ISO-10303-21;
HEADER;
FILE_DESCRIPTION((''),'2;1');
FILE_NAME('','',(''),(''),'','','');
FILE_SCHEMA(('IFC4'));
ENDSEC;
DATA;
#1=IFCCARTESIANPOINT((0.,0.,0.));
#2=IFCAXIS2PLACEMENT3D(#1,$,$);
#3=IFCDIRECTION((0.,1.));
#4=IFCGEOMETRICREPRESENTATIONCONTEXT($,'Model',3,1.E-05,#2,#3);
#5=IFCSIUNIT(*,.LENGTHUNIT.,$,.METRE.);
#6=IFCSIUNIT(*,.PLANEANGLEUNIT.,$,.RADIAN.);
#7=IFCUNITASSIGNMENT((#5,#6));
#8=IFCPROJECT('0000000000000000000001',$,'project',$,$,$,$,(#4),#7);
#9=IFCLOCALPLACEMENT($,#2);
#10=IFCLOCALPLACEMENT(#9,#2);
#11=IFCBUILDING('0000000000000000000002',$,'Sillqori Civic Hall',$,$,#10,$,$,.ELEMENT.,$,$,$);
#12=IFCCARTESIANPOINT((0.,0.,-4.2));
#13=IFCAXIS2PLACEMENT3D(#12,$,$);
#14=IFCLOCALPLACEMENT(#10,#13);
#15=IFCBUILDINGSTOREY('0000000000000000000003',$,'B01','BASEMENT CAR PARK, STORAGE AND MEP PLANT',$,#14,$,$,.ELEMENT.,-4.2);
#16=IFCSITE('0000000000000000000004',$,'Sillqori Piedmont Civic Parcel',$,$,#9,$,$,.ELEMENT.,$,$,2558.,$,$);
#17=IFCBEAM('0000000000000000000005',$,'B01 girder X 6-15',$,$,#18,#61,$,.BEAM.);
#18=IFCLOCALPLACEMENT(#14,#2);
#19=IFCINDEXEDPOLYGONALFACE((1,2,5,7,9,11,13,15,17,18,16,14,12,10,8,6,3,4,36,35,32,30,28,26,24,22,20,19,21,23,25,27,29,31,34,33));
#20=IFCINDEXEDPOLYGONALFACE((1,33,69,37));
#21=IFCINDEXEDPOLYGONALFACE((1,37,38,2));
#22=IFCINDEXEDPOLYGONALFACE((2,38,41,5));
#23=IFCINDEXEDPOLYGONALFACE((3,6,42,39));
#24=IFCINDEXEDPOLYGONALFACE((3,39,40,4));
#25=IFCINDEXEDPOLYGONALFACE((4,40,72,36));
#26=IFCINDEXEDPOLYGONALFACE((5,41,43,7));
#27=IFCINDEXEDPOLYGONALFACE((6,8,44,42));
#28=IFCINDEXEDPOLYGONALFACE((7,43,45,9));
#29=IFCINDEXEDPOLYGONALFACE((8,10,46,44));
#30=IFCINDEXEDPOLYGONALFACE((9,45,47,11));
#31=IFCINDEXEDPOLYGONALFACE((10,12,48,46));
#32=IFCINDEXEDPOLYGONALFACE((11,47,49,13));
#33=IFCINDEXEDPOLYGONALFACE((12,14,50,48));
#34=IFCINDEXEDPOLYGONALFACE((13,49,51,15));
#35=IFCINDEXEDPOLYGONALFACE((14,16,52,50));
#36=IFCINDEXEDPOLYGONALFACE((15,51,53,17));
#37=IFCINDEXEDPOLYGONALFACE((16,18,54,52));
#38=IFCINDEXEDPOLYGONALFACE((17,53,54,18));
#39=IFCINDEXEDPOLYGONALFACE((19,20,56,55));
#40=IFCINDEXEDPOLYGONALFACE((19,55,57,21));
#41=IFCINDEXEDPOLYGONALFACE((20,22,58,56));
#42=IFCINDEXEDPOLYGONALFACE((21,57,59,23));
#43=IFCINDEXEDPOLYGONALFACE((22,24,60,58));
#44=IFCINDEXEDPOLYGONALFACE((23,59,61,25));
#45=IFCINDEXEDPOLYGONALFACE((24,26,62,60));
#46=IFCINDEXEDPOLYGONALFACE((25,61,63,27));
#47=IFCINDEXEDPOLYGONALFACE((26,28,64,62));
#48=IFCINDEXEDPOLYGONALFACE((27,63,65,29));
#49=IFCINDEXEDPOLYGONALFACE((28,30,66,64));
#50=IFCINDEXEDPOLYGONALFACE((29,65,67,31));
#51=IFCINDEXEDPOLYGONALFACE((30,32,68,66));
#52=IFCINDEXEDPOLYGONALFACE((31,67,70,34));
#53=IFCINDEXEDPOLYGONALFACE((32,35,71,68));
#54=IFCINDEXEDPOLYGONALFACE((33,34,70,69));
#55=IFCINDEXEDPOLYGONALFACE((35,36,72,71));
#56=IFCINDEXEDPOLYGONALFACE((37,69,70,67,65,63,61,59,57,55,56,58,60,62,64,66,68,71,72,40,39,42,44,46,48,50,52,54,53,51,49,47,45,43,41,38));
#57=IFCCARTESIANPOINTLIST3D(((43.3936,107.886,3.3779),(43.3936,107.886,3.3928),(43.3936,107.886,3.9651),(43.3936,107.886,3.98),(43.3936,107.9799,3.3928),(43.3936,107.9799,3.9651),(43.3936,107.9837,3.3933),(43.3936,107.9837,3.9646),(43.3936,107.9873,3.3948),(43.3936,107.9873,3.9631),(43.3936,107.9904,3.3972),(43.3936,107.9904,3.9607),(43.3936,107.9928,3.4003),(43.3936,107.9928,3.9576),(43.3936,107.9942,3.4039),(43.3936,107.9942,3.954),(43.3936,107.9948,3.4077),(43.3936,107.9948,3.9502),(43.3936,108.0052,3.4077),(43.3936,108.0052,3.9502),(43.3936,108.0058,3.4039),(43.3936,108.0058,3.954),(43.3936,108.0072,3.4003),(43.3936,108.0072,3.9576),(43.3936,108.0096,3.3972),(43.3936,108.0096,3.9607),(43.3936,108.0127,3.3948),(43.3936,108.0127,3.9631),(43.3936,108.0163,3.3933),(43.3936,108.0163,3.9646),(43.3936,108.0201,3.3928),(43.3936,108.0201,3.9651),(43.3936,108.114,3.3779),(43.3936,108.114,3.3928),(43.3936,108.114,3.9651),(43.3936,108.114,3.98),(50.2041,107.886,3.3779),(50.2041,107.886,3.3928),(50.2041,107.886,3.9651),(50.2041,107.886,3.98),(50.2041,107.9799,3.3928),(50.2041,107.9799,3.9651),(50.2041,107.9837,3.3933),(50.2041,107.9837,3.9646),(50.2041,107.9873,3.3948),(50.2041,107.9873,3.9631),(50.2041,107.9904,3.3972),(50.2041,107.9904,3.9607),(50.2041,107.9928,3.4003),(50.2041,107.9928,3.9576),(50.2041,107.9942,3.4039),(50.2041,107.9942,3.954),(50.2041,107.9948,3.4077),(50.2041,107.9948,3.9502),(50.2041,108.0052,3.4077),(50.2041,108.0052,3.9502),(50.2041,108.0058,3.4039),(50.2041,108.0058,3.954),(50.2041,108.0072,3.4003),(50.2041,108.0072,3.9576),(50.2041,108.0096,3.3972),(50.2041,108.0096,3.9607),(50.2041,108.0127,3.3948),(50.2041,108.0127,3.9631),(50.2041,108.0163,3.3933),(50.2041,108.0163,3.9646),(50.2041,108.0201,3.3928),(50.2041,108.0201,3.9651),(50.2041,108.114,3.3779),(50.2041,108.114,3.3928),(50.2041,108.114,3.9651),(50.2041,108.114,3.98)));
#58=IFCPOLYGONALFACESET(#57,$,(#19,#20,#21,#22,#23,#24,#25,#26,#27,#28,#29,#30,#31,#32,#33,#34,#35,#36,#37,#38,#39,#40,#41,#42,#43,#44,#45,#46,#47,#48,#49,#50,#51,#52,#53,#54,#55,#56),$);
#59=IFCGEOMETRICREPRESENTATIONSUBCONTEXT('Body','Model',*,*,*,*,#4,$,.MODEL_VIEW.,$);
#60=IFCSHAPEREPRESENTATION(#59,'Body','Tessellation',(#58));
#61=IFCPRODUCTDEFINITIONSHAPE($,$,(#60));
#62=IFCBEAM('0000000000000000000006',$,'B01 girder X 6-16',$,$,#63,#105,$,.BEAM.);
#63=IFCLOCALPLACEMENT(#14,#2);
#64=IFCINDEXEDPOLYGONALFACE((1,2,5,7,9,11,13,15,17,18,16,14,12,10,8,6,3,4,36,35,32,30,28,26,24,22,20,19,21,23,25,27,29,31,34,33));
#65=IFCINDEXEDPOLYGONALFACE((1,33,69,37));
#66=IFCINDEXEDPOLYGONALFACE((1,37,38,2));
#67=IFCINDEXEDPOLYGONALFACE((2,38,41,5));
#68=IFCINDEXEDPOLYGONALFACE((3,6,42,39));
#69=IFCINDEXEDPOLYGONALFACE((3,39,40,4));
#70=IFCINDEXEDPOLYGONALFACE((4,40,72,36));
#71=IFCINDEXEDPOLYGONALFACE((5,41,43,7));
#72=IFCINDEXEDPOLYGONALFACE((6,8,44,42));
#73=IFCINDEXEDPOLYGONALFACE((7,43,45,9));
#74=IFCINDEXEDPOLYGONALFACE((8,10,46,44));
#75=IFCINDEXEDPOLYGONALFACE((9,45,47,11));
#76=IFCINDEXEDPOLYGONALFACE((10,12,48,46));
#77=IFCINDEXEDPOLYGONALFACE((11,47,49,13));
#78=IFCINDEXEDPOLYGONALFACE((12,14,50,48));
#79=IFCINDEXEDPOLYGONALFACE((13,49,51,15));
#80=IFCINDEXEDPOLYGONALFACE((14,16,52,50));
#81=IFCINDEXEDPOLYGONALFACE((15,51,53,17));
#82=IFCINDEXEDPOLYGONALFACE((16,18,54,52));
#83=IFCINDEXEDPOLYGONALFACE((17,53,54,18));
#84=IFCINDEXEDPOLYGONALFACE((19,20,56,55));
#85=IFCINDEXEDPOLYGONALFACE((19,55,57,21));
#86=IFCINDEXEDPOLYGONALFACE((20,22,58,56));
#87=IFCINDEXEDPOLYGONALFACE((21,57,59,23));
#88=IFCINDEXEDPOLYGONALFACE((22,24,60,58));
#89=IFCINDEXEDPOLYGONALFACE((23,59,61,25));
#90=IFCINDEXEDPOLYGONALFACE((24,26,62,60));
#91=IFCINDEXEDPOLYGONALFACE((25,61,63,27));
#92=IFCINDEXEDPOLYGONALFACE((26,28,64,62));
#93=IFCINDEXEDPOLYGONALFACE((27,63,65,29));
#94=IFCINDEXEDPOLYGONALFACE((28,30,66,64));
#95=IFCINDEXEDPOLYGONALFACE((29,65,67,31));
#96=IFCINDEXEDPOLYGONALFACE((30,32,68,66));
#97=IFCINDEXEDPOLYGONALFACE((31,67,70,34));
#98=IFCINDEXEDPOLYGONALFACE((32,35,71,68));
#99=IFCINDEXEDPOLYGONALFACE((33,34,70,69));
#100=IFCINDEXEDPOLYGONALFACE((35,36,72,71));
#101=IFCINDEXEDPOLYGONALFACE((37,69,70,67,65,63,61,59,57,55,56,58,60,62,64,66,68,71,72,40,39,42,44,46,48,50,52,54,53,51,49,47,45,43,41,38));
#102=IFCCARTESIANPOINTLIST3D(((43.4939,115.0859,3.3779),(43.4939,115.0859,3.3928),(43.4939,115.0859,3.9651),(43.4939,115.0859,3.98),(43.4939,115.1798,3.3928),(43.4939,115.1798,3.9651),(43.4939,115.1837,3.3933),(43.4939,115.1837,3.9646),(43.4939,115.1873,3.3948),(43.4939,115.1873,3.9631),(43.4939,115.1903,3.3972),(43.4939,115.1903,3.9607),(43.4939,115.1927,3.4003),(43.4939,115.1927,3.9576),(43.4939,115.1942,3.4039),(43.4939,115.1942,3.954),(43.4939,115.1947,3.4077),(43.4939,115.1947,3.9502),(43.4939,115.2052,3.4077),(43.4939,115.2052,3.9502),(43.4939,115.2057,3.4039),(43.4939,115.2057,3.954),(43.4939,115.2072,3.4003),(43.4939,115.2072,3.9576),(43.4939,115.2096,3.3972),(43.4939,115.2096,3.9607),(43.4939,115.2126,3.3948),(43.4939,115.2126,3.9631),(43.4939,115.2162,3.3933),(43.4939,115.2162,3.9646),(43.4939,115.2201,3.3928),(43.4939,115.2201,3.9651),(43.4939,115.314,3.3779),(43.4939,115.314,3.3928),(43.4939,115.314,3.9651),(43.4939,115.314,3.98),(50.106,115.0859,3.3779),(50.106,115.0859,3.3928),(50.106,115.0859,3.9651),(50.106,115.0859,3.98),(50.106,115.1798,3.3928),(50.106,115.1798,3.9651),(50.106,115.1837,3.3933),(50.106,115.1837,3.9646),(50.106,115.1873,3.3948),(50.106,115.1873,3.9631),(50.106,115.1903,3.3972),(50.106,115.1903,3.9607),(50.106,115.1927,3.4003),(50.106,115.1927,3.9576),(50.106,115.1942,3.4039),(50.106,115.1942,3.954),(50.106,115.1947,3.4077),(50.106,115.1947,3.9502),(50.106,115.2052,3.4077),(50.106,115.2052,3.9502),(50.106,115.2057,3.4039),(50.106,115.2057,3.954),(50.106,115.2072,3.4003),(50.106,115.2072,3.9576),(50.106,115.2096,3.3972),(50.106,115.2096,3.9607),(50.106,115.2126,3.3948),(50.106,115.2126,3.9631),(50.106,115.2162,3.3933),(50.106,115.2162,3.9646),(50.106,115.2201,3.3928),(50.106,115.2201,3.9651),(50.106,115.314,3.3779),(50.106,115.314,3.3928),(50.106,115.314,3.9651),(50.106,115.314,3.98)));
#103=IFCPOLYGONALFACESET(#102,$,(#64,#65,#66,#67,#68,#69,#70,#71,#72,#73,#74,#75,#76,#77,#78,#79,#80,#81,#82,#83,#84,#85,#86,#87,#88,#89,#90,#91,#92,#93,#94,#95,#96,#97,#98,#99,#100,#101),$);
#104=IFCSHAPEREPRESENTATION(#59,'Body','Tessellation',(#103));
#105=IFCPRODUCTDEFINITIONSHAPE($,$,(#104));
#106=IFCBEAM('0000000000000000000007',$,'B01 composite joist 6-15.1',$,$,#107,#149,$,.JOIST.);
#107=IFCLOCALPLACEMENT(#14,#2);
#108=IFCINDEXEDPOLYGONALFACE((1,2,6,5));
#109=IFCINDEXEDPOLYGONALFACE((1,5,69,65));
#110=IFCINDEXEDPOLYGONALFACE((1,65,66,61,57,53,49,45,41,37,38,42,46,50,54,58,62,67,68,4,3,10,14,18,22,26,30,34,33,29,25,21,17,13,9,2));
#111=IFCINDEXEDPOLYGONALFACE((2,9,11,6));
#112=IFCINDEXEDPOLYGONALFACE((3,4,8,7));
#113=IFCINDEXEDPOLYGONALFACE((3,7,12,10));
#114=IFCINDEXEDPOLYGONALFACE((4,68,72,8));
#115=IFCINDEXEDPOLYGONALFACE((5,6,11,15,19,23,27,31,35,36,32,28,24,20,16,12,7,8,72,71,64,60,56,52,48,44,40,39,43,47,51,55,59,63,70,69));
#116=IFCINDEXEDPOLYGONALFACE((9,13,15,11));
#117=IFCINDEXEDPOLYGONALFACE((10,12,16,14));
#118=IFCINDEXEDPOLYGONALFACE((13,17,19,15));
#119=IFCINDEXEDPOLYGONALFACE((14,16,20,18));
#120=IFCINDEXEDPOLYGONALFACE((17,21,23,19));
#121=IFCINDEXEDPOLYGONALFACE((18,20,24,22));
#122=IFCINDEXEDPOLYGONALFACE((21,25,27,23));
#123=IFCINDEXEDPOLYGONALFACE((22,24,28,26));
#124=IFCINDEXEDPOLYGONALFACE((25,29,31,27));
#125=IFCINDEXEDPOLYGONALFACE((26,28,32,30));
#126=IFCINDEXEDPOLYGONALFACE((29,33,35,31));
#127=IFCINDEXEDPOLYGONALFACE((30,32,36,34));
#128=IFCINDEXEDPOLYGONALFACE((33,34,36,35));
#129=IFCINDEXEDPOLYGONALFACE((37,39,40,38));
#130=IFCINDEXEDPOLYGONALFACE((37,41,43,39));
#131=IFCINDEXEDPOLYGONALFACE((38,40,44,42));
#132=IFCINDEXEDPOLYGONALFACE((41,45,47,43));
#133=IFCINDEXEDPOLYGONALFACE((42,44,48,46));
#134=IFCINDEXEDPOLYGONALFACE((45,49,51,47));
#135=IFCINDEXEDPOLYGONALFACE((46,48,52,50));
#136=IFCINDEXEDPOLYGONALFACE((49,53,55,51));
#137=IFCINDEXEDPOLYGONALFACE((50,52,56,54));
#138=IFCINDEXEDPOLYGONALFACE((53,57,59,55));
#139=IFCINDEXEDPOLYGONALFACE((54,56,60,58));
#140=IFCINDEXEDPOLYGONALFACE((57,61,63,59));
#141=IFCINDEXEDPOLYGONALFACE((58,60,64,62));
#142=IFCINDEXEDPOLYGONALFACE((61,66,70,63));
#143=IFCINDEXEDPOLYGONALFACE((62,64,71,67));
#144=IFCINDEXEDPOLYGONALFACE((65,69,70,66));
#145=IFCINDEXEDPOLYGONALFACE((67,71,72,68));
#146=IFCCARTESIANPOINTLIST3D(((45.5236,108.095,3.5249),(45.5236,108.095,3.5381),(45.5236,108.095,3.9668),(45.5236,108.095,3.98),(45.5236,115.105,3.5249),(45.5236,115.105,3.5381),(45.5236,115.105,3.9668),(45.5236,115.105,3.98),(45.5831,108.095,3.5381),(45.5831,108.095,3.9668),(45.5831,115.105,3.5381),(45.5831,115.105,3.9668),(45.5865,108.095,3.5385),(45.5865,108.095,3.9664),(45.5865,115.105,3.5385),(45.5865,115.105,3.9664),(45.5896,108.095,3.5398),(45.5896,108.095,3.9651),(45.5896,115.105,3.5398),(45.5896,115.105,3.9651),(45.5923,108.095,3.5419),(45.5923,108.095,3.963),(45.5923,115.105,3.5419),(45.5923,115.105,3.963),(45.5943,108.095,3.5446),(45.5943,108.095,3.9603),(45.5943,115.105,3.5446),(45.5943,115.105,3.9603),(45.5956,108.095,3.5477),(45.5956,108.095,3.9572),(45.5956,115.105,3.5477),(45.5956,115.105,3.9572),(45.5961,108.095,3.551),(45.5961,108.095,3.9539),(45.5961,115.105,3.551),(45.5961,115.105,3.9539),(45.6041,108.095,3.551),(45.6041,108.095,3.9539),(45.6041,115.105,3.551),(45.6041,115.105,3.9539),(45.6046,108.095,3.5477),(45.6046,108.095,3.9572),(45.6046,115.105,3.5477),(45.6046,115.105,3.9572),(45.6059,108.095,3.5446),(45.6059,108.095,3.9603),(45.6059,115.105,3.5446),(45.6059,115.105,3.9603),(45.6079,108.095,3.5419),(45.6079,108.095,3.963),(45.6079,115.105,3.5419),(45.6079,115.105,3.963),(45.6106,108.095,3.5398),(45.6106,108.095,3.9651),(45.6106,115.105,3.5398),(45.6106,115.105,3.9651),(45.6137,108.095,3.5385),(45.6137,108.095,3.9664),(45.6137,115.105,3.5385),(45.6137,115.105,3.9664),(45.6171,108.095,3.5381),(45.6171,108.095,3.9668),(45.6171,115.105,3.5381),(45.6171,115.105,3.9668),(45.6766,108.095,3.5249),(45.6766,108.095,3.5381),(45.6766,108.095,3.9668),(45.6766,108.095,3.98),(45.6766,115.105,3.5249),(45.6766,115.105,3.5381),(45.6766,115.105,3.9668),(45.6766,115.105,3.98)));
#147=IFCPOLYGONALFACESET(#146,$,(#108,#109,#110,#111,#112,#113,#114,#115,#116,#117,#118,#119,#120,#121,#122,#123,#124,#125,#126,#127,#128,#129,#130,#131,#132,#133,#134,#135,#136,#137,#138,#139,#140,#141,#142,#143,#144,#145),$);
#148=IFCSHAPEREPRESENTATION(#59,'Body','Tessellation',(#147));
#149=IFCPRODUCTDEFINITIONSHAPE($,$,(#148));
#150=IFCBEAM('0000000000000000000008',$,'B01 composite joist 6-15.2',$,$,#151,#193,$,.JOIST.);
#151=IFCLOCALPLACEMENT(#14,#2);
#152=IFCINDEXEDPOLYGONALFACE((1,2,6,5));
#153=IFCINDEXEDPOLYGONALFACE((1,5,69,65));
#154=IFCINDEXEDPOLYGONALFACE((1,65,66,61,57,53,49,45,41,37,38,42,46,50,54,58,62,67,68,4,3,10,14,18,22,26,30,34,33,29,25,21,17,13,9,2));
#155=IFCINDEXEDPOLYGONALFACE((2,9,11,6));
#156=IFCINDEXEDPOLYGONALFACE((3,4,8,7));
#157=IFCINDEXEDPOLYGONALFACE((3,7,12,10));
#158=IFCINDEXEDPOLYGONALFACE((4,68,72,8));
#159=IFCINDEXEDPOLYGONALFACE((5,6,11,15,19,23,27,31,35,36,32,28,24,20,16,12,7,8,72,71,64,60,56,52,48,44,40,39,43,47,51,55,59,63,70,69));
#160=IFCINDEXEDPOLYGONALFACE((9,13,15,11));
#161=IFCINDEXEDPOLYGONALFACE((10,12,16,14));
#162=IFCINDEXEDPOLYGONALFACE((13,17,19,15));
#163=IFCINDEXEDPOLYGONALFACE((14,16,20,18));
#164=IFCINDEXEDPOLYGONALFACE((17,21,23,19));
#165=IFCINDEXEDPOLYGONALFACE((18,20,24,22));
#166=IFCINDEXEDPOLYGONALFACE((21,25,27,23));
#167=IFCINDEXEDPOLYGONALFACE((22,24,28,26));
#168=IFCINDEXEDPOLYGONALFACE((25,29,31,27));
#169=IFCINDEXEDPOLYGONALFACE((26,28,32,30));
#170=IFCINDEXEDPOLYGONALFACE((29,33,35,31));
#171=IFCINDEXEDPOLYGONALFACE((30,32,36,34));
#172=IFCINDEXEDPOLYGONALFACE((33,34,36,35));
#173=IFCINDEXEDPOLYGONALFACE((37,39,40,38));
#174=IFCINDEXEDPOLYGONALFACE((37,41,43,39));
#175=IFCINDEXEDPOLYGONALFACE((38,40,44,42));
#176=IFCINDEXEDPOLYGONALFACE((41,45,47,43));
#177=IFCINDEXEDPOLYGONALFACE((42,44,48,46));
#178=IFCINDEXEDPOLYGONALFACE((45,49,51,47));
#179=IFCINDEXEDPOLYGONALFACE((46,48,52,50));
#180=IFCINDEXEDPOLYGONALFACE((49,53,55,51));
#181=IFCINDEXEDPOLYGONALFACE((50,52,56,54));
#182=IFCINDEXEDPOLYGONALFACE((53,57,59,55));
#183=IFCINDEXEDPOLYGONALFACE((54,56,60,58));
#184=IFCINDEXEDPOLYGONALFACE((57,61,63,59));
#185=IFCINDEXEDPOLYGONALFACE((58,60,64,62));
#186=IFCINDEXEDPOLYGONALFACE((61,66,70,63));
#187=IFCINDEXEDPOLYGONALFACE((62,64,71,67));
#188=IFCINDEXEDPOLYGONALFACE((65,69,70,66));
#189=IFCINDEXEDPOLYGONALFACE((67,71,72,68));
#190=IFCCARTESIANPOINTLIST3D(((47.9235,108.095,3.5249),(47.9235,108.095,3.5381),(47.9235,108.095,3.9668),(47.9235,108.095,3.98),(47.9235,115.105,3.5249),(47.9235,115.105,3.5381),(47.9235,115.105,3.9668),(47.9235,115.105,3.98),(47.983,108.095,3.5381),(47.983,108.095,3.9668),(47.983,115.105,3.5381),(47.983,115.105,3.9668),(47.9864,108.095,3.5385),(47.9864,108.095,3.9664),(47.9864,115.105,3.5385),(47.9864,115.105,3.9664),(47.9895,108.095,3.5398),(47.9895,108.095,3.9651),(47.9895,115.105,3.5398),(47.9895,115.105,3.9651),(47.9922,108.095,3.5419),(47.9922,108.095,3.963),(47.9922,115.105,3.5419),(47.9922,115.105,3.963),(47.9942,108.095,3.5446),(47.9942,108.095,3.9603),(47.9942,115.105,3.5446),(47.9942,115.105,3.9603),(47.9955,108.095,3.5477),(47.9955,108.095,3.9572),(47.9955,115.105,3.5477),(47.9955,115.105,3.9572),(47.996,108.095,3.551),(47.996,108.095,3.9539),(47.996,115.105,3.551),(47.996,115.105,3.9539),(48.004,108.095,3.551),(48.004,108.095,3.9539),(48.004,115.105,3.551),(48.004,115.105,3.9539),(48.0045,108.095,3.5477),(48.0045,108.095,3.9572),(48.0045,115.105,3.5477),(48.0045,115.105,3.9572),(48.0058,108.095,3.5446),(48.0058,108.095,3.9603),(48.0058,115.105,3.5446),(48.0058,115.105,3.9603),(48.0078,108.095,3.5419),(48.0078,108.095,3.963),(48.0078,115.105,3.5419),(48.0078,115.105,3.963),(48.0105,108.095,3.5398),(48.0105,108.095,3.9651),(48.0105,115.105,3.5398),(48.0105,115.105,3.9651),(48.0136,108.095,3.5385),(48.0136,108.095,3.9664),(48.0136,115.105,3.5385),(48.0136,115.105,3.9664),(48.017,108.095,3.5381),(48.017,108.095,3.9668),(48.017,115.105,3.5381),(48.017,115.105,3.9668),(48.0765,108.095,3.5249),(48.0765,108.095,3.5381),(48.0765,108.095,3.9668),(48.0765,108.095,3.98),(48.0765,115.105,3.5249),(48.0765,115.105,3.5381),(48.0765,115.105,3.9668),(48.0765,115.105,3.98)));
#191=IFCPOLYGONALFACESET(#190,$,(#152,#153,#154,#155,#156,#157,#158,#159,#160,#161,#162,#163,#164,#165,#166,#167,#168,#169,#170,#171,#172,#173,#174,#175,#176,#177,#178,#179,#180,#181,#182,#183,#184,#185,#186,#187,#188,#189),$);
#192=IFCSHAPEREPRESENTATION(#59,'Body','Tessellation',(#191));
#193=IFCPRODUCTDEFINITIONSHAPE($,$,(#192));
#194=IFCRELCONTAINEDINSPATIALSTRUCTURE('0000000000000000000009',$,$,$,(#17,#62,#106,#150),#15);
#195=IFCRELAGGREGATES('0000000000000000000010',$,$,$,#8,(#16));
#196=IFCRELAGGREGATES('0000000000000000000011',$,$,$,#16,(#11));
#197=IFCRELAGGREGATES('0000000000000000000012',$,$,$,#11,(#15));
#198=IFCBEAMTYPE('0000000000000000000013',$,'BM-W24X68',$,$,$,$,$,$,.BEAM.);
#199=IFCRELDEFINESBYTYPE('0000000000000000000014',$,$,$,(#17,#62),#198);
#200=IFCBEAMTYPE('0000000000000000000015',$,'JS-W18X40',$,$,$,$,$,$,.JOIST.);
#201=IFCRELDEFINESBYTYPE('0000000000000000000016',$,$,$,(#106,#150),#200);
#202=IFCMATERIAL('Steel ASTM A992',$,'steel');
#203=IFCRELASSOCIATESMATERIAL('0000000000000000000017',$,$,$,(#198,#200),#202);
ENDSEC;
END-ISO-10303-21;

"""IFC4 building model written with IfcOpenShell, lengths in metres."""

from ifc_helpers import new_model, si_unit, direction, frame, origin, origin_2d, place, context, subcontext, project, spatial, i_section, extrude, material, material_profile, profile_set, type_object, element, save


model = new_model("IFC4")

# Units and contexts
model_context = context("Model", 3, precision=1e-05, world=origin(), true_north=direction((0.0, 1.0)))
body_context = subcontext(model_context, "Body", "Model", "MODEL_VIEW")
ifc_project = project(units=[si_unit("LENGTHUNIT", "METRE"), si_unit("PLANEANGLEUNIT", "RADIAN")], contexts=[model_context])

# Site, building, storey
site_placement = place(None, origin())
site = spatial("IfcSite", under=ifc_project, at=site_placement, Name="Sillqori Piedmont Civic Parcel", CompositionType="ELEMENT", RefElevation=2558.0)
building_placement = place(site_placement, origin())
building = spatial("IfcBuilding", under=site, at=building_placement, Name="Sillqori Civic Hall", CompositionType="ELEMENT")
storey_placement = place(building_placement, frame((0.0, 0.0, -4.2)))
storey = spatial("IfcBuildingStorey", under=building, at=storey_placement, Name="B01", Description="BASEMENT CAR PARK, STORAGE AND MEP PLANT", CompositionType="ELEMENT", Elevation=-4.2)

# Beams
ifc_material_1 = material(Name="Steel ASTM A992", Category="steel")
ifc_material_profile_1 = material_profile(ifc_material_1, i_section(OverallWidth=0.228, OverallDepth=0.6021, WebThickness=0.0105, FlangeThickness=0.0149, FilletRadius=0.0149, at=origin_2d()), Name="W24X68")
ifc_profile_set_1 = profile_set([ifc_material_profile_1], Name="Steel ASTM A992")
beam_type_1 = type_object("IfcBeamType", Name="BM-W24X68", PredefinedType="BEAM", material=ifc_profile_set_1)
beam_1_placement = place(storey_placement, frame((43.3936, 108.0, 3.679), z_axis=(1.0, 0.0, 0.0), x_axis=(0.0, 1.0, 0.0)))
element("IfcBeam", 1, at=beam_1_placement, inside=storey, type_object=beam_type_1, Name="B01 girder X 6-15", PredefinedType="BEAM", context=body_context, shape_type="SweptSolid", body=[
    extrude(i_section(OverallWidth=0.228, OverallDepth=0.6021, WebThickness=0.0105, FlangeThickness=0.0149, FilletRadius=0.0149, at=origin_2d()), origin(), (0.0, 0.0, 1.0), 6.8105),
])
beam_2_placement = place(storey_placement, frame((43.4939, 115.2, 3.679), z_axis=(1.0, 0.0, 0.0), x_axis=(0.0, 1.0, 0.0)))
element("IfcBeam", 2, at=beam_2_placement, inside=storey, type_object=beam_type_1, Name="B01 girder X 6-16", PredefinedType="BEAM", context=body_context, shape_type="SweptSolid", body=[
    extrude(i_section(OverallWidth=0.228, OverallDepth=0.6021, WebThickness=0.0105, FlangeThickness=0.0149, FilletRadius=0.0149, at=origin_2d()), origin(), (0.0, 0.0, 1.0), 6.6121),
])
ifc_material_profile_2 = material_profile(ifc_material_1, i_section(OverallWidth=0.1531, OverallDepth=0.4551, WebThickness=0.0081, FlangeThickness=0.0132, FilletRadius=0.0129, at=origin_2d()), Name="W18X40")
ifc_profile_set_2 = profile_set([ifc_material_profile_2], Name="Steel ASTM A992")
beam_type_2 = type_object("IfcBeamType", Name="JS-W18X40", PredefinedType="JOIST", material=ifc_profile_set_2)
for number, where, z_axis, x_axis, name in (
    (3, (45.6001, 108.095, 3.7524), (0.0, 1.0, 0.0), (-1.0, 0.0, 0.0), "B01 composite joist 6-15.1"),
    (4, (48.0, 108.095, 3.7524), (0.0, 1.0, 0.0), (-1.0, 0.0, 0.0), "B01 composite joist 6-15.2"),
):
    element("IfcBeam", number, at=place(storey_placement, frame(where, z_axis=z_axis, x_axis=x_axis)), inside=storey, type_object=beam_type_2, Name=name, PredefinedType="JOIST", context=body_context, shape_type="SweptSolid", body=[
        extrude(i_section(OverallWidth=0.1531, OverallDepth=0.4551, WebThickness=0.0081, FlangeThickness=0.0132, FilletRadius=0.0129, at=origin_2d()), origin(), (0.0, 0.0, 1.0), 7.01),
    ])

save(model, "model.ifc")
